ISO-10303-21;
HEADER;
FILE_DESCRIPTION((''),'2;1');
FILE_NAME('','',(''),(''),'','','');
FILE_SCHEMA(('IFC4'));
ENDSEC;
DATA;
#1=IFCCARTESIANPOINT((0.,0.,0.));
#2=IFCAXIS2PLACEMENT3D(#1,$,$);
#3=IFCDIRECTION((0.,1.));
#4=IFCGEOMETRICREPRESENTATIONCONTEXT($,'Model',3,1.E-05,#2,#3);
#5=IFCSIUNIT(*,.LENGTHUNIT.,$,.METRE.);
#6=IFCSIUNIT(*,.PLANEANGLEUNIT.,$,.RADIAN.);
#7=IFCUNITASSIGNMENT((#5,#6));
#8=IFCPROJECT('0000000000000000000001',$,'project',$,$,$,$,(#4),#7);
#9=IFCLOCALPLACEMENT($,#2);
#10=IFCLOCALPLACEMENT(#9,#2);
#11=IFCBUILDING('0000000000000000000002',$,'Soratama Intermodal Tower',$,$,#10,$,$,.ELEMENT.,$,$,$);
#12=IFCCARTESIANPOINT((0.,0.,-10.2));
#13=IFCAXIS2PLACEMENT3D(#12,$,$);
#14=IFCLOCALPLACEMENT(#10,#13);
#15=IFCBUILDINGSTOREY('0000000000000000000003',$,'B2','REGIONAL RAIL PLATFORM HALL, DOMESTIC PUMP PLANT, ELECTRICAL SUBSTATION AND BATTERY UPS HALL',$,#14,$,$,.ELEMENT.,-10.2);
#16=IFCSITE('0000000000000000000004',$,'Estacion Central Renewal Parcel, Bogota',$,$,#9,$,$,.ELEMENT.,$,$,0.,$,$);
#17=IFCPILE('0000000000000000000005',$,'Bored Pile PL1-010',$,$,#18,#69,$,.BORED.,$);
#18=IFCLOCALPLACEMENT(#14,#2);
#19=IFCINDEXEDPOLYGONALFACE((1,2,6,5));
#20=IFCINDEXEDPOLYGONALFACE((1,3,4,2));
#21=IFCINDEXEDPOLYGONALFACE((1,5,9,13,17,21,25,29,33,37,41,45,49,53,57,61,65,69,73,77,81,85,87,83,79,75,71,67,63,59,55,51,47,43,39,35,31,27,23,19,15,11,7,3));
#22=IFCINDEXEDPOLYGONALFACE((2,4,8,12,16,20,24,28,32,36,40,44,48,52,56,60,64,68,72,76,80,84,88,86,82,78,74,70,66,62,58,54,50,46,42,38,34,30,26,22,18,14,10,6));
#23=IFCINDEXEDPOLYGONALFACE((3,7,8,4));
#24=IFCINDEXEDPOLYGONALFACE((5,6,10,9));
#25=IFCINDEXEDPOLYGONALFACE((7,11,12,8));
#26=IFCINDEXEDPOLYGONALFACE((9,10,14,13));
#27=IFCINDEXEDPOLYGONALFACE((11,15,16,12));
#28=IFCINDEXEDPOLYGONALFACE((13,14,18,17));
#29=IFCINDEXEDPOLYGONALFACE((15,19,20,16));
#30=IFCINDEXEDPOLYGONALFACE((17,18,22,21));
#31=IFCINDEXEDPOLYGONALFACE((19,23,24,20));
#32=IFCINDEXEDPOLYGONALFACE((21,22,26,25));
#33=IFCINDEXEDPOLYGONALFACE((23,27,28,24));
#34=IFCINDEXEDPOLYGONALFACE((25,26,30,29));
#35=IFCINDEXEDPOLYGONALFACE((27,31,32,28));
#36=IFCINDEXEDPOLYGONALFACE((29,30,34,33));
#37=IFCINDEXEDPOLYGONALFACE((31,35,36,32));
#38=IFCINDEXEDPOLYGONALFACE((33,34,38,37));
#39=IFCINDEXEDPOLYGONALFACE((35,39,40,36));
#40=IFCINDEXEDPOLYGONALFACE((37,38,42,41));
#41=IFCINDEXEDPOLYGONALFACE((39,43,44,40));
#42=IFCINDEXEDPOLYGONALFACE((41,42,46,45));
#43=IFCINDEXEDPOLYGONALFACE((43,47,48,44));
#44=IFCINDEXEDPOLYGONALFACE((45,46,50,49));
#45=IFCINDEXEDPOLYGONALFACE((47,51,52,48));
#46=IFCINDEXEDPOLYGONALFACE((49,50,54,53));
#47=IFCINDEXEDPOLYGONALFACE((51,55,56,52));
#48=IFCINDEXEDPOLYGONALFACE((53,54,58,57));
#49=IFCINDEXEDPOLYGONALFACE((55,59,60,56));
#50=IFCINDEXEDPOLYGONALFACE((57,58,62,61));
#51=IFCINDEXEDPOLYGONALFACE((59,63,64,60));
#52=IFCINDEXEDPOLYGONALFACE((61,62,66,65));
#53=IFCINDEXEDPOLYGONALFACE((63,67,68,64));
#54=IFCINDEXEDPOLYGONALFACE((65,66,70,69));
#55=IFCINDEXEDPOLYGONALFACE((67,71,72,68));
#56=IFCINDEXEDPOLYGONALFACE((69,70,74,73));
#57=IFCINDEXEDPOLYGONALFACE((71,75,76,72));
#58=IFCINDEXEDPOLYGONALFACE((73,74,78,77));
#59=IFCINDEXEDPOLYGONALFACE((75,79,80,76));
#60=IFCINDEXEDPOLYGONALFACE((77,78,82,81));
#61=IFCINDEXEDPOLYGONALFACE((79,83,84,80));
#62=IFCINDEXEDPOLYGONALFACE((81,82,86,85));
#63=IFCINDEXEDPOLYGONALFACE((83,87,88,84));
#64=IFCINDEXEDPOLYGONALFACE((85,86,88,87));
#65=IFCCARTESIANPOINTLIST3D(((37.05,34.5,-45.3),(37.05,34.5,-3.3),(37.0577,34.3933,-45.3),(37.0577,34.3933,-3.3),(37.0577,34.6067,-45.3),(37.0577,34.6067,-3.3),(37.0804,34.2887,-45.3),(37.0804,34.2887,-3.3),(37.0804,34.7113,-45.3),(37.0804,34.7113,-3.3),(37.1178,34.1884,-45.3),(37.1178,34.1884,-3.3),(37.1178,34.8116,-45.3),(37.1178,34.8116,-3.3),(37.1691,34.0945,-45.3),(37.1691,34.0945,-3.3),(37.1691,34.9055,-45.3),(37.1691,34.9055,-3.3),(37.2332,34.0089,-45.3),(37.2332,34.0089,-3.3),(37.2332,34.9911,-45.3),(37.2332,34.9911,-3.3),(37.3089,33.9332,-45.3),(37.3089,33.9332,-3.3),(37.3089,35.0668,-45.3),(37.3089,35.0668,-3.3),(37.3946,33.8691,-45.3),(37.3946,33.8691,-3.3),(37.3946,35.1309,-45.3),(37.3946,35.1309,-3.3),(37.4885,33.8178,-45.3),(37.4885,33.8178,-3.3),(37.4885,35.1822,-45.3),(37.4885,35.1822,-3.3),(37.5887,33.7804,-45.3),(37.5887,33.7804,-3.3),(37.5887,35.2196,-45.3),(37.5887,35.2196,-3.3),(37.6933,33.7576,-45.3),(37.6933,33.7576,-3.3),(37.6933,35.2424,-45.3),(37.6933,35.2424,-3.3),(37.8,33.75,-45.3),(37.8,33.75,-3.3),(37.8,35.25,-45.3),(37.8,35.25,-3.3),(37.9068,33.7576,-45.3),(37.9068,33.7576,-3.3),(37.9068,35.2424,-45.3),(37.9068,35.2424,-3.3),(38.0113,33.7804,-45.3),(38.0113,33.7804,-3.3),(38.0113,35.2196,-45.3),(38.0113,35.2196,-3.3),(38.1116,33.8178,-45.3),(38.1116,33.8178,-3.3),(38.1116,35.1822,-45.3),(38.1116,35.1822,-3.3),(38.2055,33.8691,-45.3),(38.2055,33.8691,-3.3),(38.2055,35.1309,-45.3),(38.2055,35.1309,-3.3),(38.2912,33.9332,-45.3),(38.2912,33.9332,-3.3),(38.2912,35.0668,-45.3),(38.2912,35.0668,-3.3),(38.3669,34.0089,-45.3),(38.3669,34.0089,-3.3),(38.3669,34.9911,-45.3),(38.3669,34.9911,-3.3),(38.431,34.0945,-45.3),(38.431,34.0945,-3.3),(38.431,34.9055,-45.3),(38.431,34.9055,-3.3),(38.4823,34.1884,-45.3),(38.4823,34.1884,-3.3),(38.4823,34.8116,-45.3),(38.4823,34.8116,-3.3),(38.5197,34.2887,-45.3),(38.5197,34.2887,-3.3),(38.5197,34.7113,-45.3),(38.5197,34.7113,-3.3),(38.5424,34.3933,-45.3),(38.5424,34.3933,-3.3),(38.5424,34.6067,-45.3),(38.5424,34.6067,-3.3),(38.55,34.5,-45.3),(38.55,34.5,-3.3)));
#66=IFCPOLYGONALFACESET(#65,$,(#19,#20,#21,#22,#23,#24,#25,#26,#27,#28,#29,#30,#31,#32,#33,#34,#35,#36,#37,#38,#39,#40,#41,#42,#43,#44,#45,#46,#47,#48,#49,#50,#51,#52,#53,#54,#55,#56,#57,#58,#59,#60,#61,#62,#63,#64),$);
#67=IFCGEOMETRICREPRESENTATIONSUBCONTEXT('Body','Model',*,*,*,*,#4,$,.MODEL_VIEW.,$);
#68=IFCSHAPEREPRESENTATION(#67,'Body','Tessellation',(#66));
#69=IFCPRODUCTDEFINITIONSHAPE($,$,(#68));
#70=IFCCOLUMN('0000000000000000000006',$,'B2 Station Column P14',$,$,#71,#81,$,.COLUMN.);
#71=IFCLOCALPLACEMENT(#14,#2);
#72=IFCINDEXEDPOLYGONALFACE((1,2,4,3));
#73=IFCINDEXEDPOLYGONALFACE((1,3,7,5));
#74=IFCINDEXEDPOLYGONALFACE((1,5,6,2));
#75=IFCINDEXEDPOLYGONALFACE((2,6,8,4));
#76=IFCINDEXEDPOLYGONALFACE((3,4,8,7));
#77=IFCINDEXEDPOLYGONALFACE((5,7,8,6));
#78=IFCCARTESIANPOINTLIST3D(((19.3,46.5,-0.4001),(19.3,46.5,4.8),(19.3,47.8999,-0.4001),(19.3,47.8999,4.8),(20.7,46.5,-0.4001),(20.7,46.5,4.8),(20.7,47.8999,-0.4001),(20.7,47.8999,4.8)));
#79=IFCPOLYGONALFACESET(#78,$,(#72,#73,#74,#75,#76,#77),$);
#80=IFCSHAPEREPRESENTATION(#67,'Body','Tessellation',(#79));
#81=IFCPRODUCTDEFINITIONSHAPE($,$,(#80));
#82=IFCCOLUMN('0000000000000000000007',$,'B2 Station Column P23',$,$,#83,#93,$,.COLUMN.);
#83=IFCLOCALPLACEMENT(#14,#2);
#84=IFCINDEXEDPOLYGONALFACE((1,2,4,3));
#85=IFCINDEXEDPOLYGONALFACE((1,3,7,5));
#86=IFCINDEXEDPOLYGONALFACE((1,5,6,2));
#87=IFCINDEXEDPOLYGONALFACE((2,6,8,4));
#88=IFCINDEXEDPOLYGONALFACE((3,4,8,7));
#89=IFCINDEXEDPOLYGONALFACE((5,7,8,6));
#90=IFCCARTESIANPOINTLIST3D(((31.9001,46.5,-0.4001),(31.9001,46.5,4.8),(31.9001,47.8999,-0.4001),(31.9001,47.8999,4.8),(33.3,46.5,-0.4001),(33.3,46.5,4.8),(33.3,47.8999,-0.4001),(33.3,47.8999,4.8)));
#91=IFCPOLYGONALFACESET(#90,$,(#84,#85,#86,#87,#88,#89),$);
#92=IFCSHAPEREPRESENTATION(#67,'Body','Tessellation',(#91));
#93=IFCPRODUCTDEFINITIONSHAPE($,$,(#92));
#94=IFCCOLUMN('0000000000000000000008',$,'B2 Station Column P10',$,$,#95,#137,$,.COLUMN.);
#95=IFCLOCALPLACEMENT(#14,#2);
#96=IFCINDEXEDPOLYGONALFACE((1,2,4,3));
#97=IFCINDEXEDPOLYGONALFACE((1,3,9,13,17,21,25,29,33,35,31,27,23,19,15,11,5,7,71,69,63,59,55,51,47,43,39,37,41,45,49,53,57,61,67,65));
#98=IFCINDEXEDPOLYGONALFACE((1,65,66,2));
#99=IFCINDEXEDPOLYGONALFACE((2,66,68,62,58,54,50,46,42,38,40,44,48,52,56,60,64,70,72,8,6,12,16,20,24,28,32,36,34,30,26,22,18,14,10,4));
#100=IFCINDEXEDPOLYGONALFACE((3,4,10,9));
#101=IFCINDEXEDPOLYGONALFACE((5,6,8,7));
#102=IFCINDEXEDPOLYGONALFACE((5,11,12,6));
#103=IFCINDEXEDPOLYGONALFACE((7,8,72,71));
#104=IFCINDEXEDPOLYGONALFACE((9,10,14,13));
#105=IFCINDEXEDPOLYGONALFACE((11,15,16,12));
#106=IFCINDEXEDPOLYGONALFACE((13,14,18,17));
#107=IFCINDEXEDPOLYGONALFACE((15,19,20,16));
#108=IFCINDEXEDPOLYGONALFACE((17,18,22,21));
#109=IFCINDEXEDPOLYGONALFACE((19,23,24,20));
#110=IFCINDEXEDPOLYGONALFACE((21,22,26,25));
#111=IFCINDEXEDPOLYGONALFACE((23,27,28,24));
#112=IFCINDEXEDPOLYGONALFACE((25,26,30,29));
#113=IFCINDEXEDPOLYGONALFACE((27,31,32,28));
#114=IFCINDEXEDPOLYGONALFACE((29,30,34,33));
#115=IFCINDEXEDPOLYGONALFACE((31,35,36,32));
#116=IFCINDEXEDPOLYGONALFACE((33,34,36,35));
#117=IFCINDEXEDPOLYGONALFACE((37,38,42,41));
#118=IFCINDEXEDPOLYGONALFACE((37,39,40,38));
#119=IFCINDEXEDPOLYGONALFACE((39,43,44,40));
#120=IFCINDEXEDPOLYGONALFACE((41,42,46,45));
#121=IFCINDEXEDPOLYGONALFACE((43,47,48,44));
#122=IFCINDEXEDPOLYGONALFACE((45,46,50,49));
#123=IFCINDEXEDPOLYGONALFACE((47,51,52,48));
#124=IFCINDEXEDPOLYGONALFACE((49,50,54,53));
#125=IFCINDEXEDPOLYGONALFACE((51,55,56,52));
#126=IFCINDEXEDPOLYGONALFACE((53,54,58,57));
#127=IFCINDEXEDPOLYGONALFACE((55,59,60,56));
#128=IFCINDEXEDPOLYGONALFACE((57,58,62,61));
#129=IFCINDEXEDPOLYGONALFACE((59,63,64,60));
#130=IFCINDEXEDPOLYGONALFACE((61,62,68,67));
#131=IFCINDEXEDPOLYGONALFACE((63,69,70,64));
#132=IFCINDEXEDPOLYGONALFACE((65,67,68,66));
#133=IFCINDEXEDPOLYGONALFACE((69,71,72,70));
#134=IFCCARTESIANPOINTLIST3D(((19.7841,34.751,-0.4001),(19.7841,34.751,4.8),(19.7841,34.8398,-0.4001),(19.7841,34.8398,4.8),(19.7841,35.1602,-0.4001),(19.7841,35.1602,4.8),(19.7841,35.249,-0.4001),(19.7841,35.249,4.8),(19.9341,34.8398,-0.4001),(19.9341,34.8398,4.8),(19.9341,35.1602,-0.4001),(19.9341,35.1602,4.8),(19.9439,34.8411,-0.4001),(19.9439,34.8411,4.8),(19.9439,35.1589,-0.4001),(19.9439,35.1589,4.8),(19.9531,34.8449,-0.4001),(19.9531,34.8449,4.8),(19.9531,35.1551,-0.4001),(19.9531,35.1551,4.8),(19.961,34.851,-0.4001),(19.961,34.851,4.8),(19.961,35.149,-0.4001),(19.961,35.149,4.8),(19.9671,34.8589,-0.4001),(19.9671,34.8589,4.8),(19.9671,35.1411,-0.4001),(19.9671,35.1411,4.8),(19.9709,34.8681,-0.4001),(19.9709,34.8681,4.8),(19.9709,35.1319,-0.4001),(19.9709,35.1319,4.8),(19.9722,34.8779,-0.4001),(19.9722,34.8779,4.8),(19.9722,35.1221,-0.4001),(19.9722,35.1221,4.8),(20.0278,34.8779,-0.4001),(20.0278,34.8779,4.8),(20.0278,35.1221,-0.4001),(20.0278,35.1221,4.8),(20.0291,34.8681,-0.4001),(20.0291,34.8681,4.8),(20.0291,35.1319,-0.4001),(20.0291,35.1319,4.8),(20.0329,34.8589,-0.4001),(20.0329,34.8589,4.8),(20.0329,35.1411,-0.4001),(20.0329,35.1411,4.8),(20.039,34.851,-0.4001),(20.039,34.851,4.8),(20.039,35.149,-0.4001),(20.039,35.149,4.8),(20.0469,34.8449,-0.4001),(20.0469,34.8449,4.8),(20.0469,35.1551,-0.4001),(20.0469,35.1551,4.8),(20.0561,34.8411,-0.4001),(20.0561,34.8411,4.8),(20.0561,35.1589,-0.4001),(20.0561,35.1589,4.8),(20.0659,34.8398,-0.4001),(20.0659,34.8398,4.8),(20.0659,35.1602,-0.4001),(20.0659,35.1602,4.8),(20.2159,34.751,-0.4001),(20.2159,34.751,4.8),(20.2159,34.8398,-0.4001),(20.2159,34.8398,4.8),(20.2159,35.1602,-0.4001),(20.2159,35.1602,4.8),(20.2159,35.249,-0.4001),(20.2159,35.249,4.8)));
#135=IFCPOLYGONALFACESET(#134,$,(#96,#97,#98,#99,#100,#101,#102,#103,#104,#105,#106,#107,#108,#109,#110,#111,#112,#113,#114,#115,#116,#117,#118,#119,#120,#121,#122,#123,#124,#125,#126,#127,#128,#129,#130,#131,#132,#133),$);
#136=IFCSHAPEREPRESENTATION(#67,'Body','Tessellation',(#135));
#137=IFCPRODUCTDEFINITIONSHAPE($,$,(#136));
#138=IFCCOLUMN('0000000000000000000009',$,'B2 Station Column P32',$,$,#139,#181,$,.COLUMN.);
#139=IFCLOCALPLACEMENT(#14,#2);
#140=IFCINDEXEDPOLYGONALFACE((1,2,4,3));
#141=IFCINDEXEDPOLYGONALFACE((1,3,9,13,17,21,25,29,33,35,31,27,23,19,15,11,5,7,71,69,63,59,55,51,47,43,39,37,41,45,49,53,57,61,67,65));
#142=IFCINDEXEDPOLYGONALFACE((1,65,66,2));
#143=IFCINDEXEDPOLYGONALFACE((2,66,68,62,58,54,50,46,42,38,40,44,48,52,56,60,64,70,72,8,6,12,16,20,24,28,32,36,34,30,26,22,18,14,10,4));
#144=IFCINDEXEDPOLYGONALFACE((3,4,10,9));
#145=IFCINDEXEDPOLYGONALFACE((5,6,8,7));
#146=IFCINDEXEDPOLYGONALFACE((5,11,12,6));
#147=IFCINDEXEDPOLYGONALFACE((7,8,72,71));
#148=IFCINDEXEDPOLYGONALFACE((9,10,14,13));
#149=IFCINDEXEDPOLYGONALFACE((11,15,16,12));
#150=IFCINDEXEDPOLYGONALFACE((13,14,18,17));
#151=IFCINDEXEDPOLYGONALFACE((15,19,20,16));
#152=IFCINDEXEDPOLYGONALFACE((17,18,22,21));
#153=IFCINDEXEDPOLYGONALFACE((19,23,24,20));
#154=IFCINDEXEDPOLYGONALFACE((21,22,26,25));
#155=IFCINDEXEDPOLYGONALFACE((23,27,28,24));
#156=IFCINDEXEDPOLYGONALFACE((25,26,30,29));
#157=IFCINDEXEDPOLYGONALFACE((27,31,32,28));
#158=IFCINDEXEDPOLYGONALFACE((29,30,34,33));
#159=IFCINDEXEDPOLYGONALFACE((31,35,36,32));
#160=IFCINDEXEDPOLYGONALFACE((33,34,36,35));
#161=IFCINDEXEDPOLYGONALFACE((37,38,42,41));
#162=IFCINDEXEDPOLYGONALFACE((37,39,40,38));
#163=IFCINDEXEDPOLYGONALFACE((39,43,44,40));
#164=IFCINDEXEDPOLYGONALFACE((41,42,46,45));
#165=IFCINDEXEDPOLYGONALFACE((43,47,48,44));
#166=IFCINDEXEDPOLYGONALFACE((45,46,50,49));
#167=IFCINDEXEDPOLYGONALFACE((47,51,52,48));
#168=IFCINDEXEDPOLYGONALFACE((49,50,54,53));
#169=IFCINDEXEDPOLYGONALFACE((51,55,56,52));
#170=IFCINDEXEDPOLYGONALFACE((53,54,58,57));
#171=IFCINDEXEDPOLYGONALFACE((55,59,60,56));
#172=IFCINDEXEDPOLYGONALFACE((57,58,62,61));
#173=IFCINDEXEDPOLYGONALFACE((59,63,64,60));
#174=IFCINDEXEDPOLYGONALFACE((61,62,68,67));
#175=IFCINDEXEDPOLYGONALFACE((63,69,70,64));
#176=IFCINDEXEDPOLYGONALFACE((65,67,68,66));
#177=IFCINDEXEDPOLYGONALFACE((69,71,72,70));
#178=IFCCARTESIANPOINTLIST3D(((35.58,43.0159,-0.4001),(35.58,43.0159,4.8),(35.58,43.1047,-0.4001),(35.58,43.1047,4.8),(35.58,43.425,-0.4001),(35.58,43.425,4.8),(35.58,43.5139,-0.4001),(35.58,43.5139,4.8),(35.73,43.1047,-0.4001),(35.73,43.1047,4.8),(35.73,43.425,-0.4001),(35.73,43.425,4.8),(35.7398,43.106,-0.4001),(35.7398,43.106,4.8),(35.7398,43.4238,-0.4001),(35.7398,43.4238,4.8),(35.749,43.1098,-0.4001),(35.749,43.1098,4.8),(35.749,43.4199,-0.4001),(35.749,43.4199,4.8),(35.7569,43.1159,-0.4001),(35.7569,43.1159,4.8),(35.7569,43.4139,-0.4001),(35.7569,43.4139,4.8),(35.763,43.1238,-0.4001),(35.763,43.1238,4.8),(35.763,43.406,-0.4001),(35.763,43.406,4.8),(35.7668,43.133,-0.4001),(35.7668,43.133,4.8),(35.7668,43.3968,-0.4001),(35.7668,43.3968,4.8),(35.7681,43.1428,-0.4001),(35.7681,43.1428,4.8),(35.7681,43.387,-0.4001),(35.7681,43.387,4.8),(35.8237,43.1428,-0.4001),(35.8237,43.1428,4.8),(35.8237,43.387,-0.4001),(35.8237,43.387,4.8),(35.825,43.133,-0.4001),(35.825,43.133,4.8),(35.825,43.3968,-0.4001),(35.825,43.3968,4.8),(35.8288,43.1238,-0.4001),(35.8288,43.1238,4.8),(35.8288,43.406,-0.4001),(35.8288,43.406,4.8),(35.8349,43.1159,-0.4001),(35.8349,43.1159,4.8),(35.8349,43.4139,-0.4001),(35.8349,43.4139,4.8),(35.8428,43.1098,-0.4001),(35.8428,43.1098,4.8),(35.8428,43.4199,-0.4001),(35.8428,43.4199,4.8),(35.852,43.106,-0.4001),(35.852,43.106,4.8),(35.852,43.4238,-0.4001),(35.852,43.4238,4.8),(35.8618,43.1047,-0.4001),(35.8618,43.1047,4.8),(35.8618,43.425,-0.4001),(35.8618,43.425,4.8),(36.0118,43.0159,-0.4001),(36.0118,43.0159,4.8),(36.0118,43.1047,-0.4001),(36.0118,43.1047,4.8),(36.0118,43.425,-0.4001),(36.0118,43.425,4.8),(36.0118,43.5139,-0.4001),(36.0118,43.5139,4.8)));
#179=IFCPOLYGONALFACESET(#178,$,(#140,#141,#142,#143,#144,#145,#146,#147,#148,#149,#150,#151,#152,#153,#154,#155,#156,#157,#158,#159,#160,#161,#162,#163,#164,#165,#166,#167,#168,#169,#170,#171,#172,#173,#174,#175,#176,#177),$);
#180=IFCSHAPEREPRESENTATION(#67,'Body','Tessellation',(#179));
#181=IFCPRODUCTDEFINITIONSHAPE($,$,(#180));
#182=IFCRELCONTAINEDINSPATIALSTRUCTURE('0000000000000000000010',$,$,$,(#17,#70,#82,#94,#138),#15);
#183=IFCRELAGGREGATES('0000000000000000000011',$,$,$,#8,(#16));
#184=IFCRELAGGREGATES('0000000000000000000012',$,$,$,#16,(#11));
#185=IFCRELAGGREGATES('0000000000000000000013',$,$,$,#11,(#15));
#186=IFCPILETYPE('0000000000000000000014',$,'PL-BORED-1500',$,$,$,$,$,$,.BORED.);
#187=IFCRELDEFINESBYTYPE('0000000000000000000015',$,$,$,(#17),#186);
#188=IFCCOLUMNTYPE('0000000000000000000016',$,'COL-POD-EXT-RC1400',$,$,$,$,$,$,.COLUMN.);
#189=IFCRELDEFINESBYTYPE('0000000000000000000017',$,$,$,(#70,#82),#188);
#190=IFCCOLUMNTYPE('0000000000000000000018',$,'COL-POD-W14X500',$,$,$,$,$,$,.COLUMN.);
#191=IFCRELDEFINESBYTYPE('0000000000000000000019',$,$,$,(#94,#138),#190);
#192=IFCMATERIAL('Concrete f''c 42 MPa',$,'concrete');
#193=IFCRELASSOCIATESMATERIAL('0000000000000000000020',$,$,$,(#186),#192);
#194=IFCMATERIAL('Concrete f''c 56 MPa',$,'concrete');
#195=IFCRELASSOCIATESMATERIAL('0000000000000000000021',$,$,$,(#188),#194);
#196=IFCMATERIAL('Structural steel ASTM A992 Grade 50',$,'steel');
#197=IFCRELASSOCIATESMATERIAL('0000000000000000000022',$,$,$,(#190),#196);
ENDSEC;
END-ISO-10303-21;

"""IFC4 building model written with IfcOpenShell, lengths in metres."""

from ifc_helpers import new_model, si_unit, direction, frame, origin, origin_2d, place, context, subcontext, project, spatial, rectangle, circle, i_section, extrude, material, material_profile, profile_set, type_object, element, save


model = new_model("IFC4")

# Units and contexts
model_context = context("Model", 3, precision=1e-05, world=origin(), true_north=direction((0.0, 1.0)))
body_context = subcontext(model_context, "Body", "Model", "MODEL_VIEW")
ifc_project = project(units=[si_unit("LENGTHUNIT", "METRE"), si_unit("PLANEANGLEUNIT", "RADIAN")], contexts=[model_context])

# Site, building, storey
site_placement = place(None, origin())
site = spatial("IfcSite", under=ifc_project, at=site_placement, Name="Estacion Central Renewal Parcel, Bogota", CompositionType="ELEMENT", RefElevation=0.0)
building_placement = place(site_placement, origin())
building = spatial("IfcBuilding", under=site, at=building_placement, Name="Soratama Intermodal Tower", CompositionType="ELEMENT")
storey_placement = place(building_placement, frame((0.0, 0.0, -10.2)))
storey = spatial("IfcBuildingStorey", under=building, at=storey_placement, Name="B2", Description="REGIONAL RAIL PLATFORM HALL, DOMESTIC PUMP PLANT, ELECTRICAL SUBSTATION AND BATTERY UPS HALL", CompositionType="ELEMENT", Elevation=-10.2)

# Pile
ifc_material_1 = material(Name="Concrete f'c 42 MPa", Category="concrete")
ifc_material_profile_1 = material_profile(ifc_material_1, circle(Radius=0.75, at=origin_2d()), Name="PILE1500")
ifc_profile_set_1 = profile_set([ifc_material_profile_1], Name="Concrete f'c 42 MPa")
pile_type_1 = type_object("IfcPileType", Name="PL-BORED-1500", PredefinedType="BORED", material=ifc_profile_set_1)
for number, where, z_axis, x_axis, name in (
    (1, (37.8, 34.5, -3.3), (0.0, 0.0, -1.0), (1.0, 0.0, 0.0), "Bored Pile PL1-010"),
):
    element("IfcPile", number, at=place(storey_placement, frame(where, z_axis=z_axis, x_axis=x_axis)), inside=storey, type_object=pile_type_1, Name=name, PredefinedType="BORED", context=body_context, shape_type="SweptSolid", body=[
        extrude(circle(Radius=0.75, at=origin_2d()), origin(), (0.0, 0.0, 1.0), 42.0),
    ])

# Columns
ifc_material_2 = material(Name="Concrete f'c 56 MPa", Category="concrete")
ifc_material_profile_2 = material_profile(ifc_material_2, rectangle(XDim=1.3999, YDim=1.3999, at=origin_2d()), Name="RC1400X1400")
ifc_profile_set_2 = profile_set([ifc_material_profile_2], Name="Concrete f'c 56 MPa")
column_type_1 = type_object("IfcColumnType", Name="COL-POD-EXT-RC1400", PredefinedType="COLUMN", material=ifc_profile_set_2)
for number, where, z_axis, x_axis, name in (
    (2, (20.0, 47.2, -0.4001), (0.0, 0.0, 1.0), (1.0, 0.0, 0.0), "B2 Station Column P14"),
    (3, (32.6001, 47.2, -0.4001), (0.0, 0.0, 1.0), (1.0, 0.0, 0.0), "B2 Station Column P23"),
):
    element("IfcColumn", number, at=place(storey_placement, frame(where, z_axis=z_axis, x_axis=x_axis)), inside=storey, type_object=column_type_1, Name=name, PredefinedType="COLUMN", context=body_context, shape_type="SweptSolid", body=[
        extrude(rectangle(XDim=1.3999, YDim=1.3999, at=origin_2d()), origin(), (0.0, 0.0, 1.0), 5.2002),
    ])
ifc_material_3 = material(Name="Structural steel ASTM A992 Grade 50", Category="steel")
ifc_material_profile_3 = material_profile(ifc_material_3, i_section(OverallWidth=0.4319, OverallDepth=0.498, WebThickness=0.0557, FlangeThickness=0.0889, FilletRadius=0.0381, at=origin_2d()), Name="W14X500")
ifc_profile_set_3 = profile_set([ifc_material_profile_3], Name="Structural steel ASTM A992 Grade 50")
column_type_2 = type_object("IfcColumnType", Name="COL-POD-W14X500", PredefinedType="COLUMN", material=ifc_profile_set_3)
for number, where, z_axis, x_axis, name in (
    (4, (20.0, 35.0, -0.4001), (0.0, 0.0, 1.0), (1.0, 0.0, 0.0), "B2 Station Column P10"),
    (5, (35.7959, 43.2649, -0.4001), (0.0, 0.0, 1.0), (1.0, 0.0, 0.0), "B2 Station Column P32"),
):
    element("IfcColumn", number, at=place(storey_placement, frame(where, z_axis=z_axis, x_axis=x_axis)), inside=storey, type_object=column_type_2, Name=name, PredefinedType="COLUMN", context=body_context, shape_type="SweptSolid", body=[
        extrude(i_section(OverallWidth=0.4319, OverallDepth=0.498, WebThickness=0.0557, FlangeThickness=0.0889, FilletRadius=0.0381, at=origin_2d()), origin(), (0.0, 0.0, 1.0), 5.2002),
    ])

save(model, "model.ifc")
